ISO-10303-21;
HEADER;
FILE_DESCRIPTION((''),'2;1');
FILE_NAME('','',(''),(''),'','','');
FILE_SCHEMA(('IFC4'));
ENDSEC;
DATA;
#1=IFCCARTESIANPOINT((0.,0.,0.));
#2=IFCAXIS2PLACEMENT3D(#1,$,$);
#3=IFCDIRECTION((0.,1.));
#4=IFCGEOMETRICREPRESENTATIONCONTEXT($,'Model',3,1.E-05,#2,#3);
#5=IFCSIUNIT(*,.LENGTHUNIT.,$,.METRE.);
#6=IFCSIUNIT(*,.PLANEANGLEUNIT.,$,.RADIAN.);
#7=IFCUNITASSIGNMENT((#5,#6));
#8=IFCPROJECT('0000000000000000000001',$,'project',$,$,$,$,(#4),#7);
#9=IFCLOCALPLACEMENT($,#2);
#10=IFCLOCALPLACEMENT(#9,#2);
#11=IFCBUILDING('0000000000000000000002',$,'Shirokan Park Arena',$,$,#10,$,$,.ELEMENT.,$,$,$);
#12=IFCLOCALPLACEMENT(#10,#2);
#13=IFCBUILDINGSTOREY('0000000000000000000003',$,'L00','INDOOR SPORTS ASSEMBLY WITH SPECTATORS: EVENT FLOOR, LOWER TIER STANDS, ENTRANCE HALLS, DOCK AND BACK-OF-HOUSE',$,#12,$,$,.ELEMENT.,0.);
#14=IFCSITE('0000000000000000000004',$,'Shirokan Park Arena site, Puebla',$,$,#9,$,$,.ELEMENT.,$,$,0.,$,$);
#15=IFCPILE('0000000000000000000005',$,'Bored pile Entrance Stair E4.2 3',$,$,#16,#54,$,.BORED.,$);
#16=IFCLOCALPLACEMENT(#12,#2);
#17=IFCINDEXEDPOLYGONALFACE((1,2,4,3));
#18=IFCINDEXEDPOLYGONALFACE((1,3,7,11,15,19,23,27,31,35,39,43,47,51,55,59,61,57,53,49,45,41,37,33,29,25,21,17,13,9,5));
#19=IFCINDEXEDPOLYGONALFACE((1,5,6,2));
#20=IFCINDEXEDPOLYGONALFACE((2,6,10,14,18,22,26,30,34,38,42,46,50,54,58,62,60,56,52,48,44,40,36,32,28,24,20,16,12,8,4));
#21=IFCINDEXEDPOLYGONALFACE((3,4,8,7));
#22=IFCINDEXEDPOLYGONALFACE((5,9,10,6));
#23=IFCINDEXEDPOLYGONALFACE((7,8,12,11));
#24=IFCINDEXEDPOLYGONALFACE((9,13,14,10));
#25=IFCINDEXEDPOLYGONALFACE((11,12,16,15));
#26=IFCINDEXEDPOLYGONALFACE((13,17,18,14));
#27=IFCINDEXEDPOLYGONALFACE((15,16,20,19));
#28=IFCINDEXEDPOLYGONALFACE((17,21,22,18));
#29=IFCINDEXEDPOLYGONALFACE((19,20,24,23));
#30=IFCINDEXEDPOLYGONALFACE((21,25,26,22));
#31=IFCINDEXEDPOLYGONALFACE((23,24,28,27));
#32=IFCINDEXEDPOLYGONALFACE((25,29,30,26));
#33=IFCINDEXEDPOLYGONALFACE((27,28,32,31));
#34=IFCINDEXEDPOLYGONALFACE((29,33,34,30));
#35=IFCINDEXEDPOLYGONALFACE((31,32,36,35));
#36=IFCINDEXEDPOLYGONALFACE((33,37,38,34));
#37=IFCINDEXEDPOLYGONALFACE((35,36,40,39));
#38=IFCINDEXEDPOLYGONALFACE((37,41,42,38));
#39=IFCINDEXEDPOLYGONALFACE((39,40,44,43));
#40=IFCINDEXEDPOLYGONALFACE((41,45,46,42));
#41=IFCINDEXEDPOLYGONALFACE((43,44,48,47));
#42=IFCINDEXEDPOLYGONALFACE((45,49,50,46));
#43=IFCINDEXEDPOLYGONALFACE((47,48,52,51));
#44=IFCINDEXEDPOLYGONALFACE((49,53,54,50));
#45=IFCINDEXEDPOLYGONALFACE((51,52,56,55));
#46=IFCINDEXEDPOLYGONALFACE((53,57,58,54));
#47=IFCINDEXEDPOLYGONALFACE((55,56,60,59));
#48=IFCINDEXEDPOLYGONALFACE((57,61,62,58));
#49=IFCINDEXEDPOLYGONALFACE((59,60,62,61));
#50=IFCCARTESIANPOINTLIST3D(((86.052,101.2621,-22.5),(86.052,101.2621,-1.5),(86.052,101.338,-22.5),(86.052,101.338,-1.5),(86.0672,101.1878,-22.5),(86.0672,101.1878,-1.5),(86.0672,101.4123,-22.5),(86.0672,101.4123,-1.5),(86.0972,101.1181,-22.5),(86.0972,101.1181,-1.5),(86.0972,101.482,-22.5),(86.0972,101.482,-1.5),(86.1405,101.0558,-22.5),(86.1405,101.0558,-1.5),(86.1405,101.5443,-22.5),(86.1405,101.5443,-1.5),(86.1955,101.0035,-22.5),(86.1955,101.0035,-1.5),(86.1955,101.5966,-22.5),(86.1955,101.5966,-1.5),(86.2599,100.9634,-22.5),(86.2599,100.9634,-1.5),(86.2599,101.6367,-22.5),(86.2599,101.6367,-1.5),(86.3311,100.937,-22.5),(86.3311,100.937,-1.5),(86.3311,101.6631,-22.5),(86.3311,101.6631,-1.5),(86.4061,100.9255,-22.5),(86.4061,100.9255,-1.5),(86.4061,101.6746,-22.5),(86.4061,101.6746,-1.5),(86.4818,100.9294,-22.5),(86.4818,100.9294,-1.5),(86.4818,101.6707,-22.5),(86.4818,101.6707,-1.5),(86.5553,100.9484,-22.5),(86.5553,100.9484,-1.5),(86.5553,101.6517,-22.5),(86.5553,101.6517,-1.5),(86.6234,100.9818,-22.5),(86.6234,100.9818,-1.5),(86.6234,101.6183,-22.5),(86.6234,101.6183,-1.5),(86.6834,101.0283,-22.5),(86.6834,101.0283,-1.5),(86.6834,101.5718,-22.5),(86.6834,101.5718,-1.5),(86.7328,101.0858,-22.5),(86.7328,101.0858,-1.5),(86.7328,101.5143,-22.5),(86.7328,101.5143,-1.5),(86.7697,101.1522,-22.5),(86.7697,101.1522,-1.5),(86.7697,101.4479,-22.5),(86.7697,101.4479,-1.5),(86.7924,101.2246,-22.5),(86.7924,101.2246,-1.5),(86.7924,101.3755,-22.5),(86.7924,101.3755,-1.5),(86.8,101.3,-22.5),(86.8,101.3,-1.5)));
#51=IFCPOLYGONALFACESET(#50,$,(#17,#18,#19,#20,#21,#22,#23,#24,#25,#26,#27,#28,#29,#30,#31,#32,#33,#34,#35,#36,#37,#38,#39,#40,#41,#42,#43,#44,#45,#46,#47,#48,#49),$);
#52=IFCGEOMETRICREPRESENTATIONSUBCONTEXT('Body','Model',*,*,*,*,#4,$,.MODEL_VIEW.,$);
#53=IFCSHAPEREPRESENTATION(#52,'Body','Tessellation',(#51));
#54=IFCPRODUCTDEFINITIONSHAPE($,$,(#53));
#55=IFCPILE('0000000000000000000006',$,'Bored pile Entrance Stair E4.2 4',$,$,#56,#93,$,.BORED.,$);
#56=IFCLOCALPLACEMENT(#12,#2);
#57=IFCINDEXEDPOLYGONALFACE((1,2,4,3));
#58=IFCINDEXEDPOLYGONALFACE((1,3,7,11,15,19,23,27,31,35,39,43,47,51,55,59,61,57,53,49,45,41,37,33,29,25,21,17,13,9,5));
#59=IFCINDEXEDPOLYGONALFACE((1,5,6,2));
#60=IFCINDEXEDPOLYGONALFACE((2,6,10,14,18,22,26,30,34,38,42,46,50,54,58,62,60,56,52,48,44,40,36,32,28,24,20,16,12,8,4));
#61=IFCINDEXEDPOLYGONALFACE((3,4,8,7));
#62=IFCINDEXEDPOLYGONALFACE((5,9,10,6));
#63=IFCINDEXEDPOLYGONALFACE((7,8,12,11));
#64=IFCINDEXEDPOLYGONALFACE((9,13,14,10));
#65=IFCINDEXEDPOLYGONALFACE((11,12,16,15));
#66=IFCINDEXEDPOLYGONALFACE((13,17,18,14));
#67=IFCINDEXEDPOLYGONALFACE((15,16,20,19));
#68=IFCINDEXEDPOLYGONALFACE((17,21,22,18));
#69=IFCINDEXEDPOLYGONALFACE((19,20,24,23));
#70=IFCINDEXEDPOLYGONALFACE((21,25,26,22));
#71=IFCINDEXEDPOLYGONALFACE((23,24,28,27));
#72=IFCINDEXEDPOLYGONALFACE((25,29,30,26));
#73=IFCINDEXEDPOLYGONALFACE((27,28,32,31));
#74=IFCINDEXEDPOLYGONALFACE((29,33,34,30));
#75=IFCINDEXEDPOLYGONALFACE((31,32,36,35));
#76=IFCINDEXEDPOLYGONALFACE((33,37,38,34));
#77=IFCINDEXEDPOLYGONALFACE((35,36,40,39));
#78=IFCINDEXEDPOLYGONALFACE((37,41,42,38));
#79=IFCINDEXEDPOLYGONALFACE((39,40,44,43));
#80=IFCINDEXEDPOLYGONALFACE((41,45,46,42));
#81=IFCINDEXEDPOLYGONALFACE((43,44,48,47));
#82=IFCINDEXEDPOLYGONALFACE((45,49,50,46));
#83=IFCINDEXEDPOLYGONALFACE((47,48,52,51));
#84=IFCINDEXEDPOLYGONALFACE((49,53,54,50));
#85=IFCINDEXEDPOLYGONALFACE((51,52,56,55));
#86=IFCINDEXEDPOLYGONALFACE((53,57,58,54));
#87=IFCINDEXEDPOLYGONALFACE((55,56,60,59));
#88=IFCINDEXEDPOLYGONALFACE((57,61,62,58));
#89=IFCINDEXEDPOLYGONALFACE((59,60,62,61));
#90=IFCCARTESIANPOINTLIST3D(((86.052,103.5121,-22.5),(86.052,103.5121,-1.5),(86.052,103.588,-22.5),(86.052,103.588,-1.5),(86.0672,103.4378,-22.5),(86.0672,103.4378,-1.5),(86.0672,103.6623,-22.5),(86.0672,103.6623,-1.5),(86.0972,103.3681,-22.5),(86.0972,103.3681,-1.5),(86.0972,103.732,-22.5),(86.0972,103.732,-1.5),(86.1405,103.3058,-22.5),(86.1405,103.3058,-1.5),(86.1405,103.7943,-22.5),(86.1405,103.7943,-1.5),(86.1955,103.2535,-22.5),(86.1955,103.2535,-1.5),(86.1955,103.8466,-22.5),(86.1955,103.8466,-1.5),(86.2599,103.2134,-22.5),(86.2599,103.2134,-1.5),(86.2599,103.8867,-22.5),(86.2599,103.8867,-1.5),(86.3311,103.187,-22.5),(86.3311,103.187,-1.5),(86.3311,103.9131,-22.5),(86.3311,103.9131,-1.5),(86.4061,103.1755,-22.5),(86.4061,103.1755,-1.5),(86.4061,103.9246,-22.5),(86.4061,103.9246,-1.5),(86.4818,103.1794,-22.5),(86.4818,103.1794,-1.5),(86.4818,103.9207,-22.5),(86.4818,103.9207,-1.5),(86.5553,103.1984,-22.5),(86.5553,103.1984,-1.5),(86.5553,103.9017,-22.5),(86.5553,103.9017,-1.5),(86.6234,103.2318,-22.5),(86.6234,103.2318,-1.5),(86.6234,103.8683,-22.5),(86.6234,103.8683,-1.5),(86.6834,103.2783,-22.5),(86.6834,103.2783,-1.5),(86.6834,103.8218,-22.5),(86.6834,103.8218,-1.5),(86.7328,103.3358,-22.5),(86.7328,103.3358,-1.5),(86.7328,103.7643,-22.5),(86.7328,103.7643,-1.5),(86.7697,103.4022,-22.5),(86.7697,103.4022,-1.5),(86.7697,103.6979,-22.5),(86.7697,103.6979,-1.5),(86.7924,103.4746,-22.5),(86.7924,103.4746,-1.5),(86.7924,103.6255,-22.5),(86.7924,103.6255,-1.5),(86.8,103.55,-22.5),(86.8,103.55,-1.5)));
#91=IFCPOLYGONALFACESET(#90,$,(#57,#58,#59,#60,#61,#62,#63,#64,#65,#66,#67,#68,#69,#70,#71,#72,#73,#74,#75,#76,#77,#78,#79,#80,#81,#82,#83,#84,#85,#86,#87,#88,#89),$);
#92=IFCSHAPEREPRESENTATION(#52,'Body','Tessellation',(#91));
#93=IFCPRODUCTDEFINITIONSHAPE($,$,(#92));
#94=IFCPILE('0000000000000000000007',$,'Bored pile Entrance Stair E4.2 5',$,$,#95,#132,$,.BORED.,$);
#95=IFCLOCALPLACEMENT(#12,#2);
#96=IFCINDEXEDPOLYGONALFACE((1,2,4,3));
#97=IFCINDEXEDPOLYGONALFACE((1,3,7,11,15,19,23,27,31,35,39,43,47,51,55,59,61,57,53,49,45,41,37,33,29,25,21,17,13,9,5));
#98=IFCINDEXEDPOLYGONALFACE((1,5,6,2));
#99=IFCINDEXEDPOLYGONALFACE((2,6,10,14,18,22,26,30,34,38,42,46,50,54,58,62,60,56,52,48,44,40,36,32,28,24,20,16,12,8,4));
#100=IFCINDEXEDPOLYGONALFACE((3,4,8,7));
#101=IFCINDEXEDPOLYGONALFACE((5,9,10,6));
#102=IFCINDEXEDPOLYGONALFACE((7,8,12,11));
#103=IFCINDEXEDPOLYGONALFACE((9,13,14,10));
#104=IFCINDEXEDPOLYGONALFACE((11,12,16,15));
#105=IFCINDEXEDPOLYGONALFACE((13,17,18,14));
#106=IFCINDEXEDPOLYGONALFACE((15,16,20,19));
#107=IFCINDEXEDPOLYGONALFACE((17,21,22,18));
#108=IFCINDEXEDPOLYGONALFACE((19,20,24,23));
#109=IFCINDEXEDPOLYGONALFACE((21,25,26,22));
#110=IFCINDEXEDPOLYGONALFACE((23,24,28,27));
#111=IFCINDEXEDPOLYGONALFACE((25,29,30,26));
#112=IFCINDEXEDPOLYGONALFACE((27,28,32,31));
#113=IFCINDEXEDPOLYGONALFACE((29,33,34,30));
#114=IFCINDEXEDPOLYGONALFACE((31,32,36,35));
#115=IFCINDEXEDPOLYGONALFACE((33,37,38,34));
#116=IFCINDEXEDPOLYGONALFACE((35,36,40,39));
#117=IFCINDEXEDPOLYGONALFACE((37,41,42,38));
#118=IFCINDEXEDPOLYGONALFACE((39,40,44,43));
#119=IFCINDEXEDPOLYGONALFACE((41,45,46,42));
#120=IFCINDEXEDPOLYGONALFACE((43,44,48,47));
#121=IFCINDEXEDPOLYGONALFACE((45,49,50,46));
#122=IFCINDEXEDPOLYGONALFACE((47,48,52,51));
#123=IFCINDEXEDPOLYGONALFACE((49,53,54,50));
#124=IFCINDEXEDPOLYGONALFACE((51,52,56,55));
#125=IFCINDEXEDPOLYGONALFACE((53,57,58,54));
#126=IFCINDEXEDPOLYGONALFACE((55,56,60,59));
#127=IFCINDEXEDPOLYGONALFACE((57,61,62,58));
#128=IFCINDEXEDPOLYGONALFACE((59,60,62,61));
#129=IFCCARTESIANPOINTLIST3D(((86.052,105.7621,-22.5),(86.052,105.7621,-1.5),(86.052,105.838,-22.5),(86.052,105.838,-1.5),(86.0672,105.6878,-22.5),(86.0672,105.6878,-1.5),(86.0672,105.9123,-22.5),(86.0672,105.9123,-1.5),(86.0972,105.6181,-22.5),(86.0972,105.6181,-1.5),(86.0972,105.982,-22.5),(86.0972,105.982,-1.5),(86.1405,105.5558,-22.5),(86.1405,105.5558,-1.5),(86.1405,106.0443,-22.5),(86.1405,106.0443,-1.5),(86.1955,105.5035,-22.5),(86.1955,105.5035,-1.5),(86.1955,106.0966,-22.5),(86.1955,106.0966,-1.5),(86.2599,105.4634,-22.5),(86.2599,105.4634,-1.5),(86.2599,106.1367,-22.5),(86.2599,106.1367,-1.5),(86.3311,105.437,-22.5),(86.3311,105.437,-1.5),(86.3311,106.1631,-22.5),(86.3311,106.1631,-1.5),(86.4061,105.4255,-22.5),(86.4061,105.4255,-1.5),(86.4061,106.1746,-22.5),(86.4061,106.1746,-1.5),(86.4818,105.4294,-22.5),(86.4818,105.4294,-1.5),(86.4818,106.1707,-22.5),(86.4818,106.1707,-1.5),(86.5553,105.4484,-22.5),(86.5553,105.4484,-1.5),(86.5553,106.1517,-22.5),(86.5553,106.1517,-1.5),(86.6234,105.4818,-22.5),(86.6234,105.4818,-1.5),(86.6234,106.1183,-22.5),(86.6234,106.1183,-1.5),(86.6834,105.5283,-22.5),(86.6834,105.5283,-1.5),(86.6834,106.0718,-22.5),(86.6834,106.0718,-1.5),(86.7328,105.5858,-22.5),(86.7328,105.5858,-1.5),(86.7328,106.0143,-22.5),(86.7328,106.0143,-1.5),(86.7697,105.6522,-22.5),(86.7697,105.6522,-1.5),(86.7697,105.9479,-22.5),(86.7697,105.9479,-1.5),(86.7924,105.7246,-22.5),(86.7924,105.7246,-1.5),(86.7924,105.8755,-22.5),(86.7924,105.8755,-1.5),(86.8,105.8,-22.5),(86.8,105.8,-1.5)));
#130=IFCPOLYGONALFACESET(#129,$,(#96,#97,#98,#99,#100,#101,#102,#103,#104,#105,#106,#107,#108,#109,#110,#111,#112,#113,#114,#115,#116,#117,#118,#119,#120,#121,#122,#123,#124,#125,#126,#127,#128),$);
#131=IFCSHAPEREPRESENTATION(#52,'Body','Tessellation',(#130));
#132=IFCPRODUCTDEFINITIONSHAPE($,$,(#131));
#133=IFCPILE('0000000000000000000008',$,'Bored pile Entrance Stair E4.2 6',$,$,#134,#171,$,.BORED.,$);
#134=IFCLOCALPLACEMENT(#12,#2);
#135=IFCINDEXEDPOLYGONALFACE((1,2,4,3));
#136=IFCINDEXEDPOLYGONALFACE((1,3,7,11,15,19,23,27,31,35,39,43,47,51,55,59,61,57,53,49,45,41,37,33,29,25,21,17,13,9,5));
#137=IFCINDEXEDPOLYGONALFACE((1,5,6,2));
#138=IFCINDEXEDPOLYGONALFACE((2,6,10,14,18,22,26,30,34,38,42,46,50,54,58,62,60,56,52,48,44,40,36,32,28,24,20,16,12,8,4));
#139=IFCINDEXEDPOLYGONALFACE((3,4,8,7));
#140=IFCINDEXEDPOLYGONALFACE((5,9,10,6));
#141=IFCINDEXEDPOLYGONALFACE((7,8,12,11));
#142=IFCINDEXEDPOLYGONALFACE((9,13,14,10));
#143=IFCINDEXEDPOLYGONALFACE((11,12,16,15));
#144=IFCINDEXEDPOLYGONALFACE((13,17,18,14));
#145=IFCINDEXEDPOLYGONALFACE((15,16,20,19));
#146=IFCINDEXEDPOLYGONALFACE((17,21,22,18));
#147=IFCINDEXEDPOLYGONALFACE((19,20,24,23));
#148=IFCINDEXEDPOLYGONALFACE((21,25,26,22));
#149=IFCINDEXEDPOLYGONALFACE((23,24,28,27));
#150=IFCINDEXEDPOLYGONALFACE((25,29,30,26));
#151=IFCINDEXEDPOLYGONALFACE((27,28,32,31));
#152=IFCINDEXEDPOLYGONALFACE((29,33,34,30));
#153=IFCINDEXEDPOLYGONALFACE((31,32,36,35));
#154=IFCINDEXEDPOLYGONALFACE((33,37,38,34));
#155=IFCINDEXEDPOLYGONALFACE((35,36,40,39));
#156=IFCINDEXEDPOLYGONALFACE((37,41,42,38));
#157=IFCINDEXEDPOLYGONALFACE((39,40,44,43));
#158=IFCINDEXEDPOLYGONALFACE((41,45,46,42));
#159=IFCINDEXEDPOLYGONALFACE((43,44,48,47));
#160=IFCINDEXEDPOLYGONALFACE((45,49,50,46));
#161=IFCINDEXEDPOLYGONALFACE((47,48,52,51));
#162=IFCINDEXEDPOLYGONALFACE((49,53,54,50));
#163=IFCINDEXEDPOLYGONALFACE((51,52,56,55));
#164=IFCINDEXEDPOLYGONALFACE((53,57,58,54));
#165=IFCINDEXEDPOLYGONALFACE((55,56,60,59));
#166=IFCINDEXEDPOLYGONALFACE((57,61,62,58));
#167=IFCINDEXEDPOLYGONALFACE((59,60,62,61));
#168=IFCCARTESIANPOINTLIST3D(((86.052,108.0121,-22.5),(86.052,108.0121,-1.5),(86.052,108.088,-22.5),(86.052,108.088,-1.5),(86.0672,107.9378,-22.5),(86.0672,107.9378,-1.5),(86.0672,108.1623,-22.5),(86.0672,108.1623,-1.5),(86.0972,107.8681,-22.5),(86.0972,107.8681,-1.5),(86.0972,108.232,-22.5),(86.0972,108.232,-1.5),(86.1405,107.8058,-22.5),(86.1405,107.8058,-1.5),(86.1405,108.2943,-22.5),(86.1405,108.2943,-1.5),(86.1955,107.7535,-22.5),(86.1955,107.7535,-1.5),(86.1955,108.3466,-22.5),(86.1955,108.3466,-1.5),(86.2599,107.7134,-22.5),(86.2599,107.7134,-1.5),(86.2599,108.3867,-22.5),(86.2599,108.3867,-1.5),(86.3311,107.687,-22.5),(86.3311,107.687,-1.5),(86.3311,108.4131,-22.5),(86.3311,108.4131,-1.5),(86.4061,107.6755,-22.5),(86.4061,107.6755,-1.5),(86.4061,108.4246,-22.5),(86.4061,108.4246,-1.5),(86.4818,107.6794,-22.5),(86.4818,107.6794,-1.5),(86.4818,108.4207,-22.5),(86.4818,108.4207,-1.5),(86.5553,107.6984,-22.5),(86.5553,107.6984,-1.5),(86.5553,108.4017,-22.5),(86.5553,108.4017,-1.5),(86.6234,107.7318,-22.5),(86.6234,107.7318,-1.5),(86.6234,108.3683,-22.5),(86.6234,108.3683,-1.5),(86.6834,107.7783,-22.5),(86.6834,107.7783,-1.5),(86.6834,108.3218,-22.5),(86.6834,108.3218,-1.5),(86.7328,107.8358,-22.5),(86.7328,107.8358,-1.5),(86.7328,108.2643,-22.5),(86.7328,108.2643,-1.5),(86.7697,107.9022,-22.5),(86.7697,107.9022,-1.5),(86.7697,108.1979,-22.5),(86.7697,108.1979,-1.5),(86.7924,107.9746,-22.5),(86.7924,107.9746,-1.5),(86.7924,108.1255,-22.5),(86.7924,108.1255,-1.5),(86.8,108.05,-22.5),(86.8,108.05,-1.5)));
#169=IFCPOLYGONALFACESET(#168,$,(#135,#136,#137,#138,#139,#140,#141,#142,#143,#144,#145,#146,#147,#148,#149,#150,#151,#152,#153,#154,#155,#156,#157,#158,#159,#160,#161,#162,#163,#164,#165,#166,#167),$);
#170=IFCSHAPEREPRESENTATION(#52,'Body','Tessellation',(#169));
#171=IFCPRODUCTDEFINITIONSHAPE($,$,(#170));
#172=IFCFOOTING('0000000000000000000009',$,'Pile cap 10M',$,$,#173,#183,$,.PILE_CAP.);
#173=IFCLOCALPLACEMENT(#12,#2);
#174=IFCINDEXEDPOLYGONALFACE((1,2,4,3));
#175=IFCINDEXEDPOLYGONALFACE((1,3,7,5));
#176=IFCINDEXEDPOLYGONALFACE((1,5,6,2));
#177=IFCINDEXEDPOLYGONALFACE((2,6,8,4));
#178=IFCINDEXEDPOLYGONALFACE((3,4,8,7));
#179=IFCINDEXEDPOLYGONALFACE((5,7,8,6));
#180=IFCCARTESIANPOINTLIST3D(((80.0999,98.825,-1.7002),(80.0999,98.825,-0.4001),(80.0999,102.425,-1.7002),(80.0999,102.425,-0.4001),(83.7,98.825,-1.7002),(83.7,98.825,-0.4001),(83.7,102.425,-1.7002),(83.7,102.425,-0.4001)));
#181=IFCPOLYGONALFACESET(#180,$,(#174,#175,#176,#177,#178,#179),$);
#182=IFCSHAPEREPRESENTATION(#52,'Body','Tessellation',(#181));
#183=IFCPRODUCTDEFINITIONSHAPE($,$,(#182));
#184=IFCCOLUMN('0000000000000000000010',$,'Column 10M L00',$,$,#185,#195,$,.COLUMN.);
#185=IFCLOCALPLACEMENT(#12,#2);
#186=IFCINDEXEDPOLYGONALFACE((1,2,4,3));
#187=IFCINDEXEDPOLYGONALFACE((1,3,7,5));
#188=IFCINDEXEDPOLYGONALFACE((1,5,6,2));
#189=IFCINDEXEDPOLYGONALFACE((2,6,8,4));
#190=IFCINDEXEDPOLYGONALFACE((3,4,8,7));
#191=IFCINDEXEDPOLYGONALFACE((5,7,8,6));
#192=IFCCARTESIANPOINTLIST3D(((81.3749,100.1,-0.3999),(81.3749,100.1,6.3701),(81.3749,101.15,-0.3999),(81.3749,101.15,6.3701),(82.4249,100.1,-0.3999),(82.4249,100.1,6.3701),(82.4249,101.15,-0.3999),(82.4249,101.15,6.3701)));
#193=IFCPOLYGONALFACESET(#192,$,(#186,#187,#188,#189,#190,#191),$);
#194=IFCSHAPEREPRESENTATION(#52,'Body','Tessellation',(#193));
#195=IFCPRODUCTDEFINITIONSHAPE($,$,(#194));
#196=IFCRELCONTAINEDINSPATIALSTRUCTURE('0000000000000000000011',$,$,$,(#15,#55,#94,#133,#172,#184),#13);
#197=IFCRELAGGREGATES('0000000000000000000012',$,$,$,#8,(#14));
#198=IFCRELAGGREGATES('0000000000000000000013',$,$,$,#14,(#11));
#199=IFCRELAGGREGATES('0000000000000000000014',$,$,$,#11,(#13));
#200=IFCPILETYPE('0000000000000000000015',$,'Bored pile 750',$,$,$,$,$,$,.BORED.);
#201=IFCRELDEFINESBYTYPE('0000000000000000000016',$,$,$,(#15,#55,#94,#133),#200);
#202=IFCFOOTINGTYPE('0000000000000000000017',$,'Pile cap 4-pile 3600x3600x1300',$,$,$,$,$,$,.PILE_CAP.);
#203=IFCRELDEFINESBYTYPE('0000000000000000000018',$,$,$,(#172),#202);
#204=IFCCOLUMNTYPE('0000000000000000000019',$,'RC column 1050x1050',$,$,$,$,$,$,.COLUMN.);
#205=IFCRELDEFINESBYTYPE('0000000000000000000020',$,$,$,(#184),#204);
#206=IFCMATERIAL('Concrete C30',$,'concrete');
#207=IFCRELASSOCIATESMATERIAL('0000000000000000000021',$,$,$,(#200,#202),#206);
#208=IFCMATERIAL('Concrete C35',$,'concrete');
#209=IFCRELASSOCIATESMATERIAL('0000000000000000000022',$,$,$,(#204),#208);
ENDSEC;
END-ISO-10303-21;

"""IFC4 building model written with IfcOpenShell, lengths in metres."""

from ifc_helpers import new_model, si_unit, direction, frame, origin, origin_2d, place, context, subcontext, project, spatial, rectangle, circle, extrude, material, material_profile, profile_set, type_object, element, save


model = new_model("IFC4")

# Units and contexts
model_context = context("Model", 3, precision=1e-05, world=origin(), true_north=direction((0.0, 1.0)))
body_context = subcontext(model_context, "Body", "Model", "MODEL_VIEW")
ifc_project = project(units=[si_unit("LENGTHUNIT", "METRE"), si_unit("PLANEANGLEUNIT", "RADIAN")], contexts=[model_context])

# Site, building, storey
site_placement = place(None, origin())
site = spatial("IfcSite", under=ifc_project, at=site_placement, Name="Shirokan Park Arena site, Puebla", CompositionType="ELEMENT", RefElevation=0.0)
building_placement = place(site_placement, origin())
building = spatial("IfcBuilding", under=site, at=building_placement, Name="Shirokan Park Arena", CompositionType="ELEMENT")
storey_placement = place(building_placement, origin())
storey = spatial("IfcBuildingStorey", under=building, at=storey_placement, Name="L00", Description="INDOOR SPORTS ASSEMBLY WITH SPECTATORS: EVENT FLOOR, LOWER TIER STANDS, ENTRANCE HALLS, DOCK AND BACK-OF-HOUSE", CompositionType="ELEMENT", Elevation=0.0)

# Piles
ifc_material_1 = material(Name="Concrete C30", Category="concrete")
ifc_material_profile_1 = material_profile(ifc_material_1, circle(Radius=0.375, at=origin_2d()), Name="D750")
ifc_profile_set_1 = profile_set([ifc_material_profile_1], Name="Concrete C30")
pile_type_1 = type_object("IfcPileType", Name="Bored pile 750", PredefinedType="BORED", material=ifc_profile_set_1)
for number, where, z_axis, x_axis, name in (
    (1, (86.425, 101.3, -1.5), (0.0, 0.0, -1.0), (1.0, 0.0, 0.0), "Bored pile Entrance Stair E4.2 3"),
    (2, (86.425, 103.55, -1.5), (0.0, 0.0, -1.0), (1.0, 0.0, 0.0), "Bored pile Entrance Stair E4.2 4"),
    (3, (86.425, 105.8, -1.5), (0.0, 0.0, -1.0), (1.0, 0.0, 0.0), "Bored pile Entrance Stair E4.2 5"),
    (4, (86.425, 108.05, -1.5), (0.0, 0.0, -1.0), (1.0, 0.0, 0.0), "Bored pile Entrance Stair E4.2 6"),
):
    element("IfcPile", number, at=place(storey_placement, frame(where, z_axis=z_axis, x_axis=x_axis)), inside=storey, type_object=pile_type_1, Name=name, PredefinedType="BORED", context=body_context, shape_type="SweptSolid", body=[
        extrude(circle(Radius=0.375, at=origin_2d()), origin(), (0.0, 0.0, 1.0), 21.0),
    ])

# Footing
footing_type = type_object("IfcFootingType", Name="Pile cap 4-pile 3600x3600x1300", PredefinedType="PILE_CAP", material=ifc_material_1)
footing_placement = place(storey_placement, frame((81.8999, 100.625, -1.7002), z_axis=(0.0, 0.0, 1.0), x_axis=(1.0, 0.0, 0.0)))
element("IfcFooting", 5, at=footing_placement, inside=storey, type_object=footing_type, Name="Pile cap 10M", PredefinedType="PILE_CAP", context=body_context, shape_type="SweptSolid", body=[
    extrude(rectangle(XDim=3.6001, YDim=3.6001, at=origin_2d()), origin(), (0.0, 0.0, 1.0), 1.3),
])

# Column
ifc_material_2 = material(Name="Concrete C35", Category="concrete")
ifc_material_profile_2 = material_profile(ifc_material_2, rectangle(XDim=1.05, YDim=1.05, at=origin_2d()), Name="1050x1050")
ifc_profile_set_2 = profile_set([ifc_material_profile_2], Name="Concrete C35")
column_type_1 = type_object("IfcColumnType", Name="RC column 1050x1050", PredefinedType="COLUMN", material=ifc_profile_set_2)
column_1_placement = place(storey_placement, frame((81.8999, 100.625, -0.3999), z_axis=(0.0, 0.0, 1.0), x_axis=(1.0, 0.0, 0.0)))
element("IfcColumn", 6, at=column_1_placement, inside=storey, type_object=column_type_1, Name="Column 10M L00", PredefinedType="COLUMN", context=body_context, shape_type="SweptSolid", body=[
    extrude(rectangle(XDim=1.05, YDim=1.05, at=origin_2d()), origin(), (0.0, 0.0, 1.0), 6.77),
])

save(model, "model.ifc")
